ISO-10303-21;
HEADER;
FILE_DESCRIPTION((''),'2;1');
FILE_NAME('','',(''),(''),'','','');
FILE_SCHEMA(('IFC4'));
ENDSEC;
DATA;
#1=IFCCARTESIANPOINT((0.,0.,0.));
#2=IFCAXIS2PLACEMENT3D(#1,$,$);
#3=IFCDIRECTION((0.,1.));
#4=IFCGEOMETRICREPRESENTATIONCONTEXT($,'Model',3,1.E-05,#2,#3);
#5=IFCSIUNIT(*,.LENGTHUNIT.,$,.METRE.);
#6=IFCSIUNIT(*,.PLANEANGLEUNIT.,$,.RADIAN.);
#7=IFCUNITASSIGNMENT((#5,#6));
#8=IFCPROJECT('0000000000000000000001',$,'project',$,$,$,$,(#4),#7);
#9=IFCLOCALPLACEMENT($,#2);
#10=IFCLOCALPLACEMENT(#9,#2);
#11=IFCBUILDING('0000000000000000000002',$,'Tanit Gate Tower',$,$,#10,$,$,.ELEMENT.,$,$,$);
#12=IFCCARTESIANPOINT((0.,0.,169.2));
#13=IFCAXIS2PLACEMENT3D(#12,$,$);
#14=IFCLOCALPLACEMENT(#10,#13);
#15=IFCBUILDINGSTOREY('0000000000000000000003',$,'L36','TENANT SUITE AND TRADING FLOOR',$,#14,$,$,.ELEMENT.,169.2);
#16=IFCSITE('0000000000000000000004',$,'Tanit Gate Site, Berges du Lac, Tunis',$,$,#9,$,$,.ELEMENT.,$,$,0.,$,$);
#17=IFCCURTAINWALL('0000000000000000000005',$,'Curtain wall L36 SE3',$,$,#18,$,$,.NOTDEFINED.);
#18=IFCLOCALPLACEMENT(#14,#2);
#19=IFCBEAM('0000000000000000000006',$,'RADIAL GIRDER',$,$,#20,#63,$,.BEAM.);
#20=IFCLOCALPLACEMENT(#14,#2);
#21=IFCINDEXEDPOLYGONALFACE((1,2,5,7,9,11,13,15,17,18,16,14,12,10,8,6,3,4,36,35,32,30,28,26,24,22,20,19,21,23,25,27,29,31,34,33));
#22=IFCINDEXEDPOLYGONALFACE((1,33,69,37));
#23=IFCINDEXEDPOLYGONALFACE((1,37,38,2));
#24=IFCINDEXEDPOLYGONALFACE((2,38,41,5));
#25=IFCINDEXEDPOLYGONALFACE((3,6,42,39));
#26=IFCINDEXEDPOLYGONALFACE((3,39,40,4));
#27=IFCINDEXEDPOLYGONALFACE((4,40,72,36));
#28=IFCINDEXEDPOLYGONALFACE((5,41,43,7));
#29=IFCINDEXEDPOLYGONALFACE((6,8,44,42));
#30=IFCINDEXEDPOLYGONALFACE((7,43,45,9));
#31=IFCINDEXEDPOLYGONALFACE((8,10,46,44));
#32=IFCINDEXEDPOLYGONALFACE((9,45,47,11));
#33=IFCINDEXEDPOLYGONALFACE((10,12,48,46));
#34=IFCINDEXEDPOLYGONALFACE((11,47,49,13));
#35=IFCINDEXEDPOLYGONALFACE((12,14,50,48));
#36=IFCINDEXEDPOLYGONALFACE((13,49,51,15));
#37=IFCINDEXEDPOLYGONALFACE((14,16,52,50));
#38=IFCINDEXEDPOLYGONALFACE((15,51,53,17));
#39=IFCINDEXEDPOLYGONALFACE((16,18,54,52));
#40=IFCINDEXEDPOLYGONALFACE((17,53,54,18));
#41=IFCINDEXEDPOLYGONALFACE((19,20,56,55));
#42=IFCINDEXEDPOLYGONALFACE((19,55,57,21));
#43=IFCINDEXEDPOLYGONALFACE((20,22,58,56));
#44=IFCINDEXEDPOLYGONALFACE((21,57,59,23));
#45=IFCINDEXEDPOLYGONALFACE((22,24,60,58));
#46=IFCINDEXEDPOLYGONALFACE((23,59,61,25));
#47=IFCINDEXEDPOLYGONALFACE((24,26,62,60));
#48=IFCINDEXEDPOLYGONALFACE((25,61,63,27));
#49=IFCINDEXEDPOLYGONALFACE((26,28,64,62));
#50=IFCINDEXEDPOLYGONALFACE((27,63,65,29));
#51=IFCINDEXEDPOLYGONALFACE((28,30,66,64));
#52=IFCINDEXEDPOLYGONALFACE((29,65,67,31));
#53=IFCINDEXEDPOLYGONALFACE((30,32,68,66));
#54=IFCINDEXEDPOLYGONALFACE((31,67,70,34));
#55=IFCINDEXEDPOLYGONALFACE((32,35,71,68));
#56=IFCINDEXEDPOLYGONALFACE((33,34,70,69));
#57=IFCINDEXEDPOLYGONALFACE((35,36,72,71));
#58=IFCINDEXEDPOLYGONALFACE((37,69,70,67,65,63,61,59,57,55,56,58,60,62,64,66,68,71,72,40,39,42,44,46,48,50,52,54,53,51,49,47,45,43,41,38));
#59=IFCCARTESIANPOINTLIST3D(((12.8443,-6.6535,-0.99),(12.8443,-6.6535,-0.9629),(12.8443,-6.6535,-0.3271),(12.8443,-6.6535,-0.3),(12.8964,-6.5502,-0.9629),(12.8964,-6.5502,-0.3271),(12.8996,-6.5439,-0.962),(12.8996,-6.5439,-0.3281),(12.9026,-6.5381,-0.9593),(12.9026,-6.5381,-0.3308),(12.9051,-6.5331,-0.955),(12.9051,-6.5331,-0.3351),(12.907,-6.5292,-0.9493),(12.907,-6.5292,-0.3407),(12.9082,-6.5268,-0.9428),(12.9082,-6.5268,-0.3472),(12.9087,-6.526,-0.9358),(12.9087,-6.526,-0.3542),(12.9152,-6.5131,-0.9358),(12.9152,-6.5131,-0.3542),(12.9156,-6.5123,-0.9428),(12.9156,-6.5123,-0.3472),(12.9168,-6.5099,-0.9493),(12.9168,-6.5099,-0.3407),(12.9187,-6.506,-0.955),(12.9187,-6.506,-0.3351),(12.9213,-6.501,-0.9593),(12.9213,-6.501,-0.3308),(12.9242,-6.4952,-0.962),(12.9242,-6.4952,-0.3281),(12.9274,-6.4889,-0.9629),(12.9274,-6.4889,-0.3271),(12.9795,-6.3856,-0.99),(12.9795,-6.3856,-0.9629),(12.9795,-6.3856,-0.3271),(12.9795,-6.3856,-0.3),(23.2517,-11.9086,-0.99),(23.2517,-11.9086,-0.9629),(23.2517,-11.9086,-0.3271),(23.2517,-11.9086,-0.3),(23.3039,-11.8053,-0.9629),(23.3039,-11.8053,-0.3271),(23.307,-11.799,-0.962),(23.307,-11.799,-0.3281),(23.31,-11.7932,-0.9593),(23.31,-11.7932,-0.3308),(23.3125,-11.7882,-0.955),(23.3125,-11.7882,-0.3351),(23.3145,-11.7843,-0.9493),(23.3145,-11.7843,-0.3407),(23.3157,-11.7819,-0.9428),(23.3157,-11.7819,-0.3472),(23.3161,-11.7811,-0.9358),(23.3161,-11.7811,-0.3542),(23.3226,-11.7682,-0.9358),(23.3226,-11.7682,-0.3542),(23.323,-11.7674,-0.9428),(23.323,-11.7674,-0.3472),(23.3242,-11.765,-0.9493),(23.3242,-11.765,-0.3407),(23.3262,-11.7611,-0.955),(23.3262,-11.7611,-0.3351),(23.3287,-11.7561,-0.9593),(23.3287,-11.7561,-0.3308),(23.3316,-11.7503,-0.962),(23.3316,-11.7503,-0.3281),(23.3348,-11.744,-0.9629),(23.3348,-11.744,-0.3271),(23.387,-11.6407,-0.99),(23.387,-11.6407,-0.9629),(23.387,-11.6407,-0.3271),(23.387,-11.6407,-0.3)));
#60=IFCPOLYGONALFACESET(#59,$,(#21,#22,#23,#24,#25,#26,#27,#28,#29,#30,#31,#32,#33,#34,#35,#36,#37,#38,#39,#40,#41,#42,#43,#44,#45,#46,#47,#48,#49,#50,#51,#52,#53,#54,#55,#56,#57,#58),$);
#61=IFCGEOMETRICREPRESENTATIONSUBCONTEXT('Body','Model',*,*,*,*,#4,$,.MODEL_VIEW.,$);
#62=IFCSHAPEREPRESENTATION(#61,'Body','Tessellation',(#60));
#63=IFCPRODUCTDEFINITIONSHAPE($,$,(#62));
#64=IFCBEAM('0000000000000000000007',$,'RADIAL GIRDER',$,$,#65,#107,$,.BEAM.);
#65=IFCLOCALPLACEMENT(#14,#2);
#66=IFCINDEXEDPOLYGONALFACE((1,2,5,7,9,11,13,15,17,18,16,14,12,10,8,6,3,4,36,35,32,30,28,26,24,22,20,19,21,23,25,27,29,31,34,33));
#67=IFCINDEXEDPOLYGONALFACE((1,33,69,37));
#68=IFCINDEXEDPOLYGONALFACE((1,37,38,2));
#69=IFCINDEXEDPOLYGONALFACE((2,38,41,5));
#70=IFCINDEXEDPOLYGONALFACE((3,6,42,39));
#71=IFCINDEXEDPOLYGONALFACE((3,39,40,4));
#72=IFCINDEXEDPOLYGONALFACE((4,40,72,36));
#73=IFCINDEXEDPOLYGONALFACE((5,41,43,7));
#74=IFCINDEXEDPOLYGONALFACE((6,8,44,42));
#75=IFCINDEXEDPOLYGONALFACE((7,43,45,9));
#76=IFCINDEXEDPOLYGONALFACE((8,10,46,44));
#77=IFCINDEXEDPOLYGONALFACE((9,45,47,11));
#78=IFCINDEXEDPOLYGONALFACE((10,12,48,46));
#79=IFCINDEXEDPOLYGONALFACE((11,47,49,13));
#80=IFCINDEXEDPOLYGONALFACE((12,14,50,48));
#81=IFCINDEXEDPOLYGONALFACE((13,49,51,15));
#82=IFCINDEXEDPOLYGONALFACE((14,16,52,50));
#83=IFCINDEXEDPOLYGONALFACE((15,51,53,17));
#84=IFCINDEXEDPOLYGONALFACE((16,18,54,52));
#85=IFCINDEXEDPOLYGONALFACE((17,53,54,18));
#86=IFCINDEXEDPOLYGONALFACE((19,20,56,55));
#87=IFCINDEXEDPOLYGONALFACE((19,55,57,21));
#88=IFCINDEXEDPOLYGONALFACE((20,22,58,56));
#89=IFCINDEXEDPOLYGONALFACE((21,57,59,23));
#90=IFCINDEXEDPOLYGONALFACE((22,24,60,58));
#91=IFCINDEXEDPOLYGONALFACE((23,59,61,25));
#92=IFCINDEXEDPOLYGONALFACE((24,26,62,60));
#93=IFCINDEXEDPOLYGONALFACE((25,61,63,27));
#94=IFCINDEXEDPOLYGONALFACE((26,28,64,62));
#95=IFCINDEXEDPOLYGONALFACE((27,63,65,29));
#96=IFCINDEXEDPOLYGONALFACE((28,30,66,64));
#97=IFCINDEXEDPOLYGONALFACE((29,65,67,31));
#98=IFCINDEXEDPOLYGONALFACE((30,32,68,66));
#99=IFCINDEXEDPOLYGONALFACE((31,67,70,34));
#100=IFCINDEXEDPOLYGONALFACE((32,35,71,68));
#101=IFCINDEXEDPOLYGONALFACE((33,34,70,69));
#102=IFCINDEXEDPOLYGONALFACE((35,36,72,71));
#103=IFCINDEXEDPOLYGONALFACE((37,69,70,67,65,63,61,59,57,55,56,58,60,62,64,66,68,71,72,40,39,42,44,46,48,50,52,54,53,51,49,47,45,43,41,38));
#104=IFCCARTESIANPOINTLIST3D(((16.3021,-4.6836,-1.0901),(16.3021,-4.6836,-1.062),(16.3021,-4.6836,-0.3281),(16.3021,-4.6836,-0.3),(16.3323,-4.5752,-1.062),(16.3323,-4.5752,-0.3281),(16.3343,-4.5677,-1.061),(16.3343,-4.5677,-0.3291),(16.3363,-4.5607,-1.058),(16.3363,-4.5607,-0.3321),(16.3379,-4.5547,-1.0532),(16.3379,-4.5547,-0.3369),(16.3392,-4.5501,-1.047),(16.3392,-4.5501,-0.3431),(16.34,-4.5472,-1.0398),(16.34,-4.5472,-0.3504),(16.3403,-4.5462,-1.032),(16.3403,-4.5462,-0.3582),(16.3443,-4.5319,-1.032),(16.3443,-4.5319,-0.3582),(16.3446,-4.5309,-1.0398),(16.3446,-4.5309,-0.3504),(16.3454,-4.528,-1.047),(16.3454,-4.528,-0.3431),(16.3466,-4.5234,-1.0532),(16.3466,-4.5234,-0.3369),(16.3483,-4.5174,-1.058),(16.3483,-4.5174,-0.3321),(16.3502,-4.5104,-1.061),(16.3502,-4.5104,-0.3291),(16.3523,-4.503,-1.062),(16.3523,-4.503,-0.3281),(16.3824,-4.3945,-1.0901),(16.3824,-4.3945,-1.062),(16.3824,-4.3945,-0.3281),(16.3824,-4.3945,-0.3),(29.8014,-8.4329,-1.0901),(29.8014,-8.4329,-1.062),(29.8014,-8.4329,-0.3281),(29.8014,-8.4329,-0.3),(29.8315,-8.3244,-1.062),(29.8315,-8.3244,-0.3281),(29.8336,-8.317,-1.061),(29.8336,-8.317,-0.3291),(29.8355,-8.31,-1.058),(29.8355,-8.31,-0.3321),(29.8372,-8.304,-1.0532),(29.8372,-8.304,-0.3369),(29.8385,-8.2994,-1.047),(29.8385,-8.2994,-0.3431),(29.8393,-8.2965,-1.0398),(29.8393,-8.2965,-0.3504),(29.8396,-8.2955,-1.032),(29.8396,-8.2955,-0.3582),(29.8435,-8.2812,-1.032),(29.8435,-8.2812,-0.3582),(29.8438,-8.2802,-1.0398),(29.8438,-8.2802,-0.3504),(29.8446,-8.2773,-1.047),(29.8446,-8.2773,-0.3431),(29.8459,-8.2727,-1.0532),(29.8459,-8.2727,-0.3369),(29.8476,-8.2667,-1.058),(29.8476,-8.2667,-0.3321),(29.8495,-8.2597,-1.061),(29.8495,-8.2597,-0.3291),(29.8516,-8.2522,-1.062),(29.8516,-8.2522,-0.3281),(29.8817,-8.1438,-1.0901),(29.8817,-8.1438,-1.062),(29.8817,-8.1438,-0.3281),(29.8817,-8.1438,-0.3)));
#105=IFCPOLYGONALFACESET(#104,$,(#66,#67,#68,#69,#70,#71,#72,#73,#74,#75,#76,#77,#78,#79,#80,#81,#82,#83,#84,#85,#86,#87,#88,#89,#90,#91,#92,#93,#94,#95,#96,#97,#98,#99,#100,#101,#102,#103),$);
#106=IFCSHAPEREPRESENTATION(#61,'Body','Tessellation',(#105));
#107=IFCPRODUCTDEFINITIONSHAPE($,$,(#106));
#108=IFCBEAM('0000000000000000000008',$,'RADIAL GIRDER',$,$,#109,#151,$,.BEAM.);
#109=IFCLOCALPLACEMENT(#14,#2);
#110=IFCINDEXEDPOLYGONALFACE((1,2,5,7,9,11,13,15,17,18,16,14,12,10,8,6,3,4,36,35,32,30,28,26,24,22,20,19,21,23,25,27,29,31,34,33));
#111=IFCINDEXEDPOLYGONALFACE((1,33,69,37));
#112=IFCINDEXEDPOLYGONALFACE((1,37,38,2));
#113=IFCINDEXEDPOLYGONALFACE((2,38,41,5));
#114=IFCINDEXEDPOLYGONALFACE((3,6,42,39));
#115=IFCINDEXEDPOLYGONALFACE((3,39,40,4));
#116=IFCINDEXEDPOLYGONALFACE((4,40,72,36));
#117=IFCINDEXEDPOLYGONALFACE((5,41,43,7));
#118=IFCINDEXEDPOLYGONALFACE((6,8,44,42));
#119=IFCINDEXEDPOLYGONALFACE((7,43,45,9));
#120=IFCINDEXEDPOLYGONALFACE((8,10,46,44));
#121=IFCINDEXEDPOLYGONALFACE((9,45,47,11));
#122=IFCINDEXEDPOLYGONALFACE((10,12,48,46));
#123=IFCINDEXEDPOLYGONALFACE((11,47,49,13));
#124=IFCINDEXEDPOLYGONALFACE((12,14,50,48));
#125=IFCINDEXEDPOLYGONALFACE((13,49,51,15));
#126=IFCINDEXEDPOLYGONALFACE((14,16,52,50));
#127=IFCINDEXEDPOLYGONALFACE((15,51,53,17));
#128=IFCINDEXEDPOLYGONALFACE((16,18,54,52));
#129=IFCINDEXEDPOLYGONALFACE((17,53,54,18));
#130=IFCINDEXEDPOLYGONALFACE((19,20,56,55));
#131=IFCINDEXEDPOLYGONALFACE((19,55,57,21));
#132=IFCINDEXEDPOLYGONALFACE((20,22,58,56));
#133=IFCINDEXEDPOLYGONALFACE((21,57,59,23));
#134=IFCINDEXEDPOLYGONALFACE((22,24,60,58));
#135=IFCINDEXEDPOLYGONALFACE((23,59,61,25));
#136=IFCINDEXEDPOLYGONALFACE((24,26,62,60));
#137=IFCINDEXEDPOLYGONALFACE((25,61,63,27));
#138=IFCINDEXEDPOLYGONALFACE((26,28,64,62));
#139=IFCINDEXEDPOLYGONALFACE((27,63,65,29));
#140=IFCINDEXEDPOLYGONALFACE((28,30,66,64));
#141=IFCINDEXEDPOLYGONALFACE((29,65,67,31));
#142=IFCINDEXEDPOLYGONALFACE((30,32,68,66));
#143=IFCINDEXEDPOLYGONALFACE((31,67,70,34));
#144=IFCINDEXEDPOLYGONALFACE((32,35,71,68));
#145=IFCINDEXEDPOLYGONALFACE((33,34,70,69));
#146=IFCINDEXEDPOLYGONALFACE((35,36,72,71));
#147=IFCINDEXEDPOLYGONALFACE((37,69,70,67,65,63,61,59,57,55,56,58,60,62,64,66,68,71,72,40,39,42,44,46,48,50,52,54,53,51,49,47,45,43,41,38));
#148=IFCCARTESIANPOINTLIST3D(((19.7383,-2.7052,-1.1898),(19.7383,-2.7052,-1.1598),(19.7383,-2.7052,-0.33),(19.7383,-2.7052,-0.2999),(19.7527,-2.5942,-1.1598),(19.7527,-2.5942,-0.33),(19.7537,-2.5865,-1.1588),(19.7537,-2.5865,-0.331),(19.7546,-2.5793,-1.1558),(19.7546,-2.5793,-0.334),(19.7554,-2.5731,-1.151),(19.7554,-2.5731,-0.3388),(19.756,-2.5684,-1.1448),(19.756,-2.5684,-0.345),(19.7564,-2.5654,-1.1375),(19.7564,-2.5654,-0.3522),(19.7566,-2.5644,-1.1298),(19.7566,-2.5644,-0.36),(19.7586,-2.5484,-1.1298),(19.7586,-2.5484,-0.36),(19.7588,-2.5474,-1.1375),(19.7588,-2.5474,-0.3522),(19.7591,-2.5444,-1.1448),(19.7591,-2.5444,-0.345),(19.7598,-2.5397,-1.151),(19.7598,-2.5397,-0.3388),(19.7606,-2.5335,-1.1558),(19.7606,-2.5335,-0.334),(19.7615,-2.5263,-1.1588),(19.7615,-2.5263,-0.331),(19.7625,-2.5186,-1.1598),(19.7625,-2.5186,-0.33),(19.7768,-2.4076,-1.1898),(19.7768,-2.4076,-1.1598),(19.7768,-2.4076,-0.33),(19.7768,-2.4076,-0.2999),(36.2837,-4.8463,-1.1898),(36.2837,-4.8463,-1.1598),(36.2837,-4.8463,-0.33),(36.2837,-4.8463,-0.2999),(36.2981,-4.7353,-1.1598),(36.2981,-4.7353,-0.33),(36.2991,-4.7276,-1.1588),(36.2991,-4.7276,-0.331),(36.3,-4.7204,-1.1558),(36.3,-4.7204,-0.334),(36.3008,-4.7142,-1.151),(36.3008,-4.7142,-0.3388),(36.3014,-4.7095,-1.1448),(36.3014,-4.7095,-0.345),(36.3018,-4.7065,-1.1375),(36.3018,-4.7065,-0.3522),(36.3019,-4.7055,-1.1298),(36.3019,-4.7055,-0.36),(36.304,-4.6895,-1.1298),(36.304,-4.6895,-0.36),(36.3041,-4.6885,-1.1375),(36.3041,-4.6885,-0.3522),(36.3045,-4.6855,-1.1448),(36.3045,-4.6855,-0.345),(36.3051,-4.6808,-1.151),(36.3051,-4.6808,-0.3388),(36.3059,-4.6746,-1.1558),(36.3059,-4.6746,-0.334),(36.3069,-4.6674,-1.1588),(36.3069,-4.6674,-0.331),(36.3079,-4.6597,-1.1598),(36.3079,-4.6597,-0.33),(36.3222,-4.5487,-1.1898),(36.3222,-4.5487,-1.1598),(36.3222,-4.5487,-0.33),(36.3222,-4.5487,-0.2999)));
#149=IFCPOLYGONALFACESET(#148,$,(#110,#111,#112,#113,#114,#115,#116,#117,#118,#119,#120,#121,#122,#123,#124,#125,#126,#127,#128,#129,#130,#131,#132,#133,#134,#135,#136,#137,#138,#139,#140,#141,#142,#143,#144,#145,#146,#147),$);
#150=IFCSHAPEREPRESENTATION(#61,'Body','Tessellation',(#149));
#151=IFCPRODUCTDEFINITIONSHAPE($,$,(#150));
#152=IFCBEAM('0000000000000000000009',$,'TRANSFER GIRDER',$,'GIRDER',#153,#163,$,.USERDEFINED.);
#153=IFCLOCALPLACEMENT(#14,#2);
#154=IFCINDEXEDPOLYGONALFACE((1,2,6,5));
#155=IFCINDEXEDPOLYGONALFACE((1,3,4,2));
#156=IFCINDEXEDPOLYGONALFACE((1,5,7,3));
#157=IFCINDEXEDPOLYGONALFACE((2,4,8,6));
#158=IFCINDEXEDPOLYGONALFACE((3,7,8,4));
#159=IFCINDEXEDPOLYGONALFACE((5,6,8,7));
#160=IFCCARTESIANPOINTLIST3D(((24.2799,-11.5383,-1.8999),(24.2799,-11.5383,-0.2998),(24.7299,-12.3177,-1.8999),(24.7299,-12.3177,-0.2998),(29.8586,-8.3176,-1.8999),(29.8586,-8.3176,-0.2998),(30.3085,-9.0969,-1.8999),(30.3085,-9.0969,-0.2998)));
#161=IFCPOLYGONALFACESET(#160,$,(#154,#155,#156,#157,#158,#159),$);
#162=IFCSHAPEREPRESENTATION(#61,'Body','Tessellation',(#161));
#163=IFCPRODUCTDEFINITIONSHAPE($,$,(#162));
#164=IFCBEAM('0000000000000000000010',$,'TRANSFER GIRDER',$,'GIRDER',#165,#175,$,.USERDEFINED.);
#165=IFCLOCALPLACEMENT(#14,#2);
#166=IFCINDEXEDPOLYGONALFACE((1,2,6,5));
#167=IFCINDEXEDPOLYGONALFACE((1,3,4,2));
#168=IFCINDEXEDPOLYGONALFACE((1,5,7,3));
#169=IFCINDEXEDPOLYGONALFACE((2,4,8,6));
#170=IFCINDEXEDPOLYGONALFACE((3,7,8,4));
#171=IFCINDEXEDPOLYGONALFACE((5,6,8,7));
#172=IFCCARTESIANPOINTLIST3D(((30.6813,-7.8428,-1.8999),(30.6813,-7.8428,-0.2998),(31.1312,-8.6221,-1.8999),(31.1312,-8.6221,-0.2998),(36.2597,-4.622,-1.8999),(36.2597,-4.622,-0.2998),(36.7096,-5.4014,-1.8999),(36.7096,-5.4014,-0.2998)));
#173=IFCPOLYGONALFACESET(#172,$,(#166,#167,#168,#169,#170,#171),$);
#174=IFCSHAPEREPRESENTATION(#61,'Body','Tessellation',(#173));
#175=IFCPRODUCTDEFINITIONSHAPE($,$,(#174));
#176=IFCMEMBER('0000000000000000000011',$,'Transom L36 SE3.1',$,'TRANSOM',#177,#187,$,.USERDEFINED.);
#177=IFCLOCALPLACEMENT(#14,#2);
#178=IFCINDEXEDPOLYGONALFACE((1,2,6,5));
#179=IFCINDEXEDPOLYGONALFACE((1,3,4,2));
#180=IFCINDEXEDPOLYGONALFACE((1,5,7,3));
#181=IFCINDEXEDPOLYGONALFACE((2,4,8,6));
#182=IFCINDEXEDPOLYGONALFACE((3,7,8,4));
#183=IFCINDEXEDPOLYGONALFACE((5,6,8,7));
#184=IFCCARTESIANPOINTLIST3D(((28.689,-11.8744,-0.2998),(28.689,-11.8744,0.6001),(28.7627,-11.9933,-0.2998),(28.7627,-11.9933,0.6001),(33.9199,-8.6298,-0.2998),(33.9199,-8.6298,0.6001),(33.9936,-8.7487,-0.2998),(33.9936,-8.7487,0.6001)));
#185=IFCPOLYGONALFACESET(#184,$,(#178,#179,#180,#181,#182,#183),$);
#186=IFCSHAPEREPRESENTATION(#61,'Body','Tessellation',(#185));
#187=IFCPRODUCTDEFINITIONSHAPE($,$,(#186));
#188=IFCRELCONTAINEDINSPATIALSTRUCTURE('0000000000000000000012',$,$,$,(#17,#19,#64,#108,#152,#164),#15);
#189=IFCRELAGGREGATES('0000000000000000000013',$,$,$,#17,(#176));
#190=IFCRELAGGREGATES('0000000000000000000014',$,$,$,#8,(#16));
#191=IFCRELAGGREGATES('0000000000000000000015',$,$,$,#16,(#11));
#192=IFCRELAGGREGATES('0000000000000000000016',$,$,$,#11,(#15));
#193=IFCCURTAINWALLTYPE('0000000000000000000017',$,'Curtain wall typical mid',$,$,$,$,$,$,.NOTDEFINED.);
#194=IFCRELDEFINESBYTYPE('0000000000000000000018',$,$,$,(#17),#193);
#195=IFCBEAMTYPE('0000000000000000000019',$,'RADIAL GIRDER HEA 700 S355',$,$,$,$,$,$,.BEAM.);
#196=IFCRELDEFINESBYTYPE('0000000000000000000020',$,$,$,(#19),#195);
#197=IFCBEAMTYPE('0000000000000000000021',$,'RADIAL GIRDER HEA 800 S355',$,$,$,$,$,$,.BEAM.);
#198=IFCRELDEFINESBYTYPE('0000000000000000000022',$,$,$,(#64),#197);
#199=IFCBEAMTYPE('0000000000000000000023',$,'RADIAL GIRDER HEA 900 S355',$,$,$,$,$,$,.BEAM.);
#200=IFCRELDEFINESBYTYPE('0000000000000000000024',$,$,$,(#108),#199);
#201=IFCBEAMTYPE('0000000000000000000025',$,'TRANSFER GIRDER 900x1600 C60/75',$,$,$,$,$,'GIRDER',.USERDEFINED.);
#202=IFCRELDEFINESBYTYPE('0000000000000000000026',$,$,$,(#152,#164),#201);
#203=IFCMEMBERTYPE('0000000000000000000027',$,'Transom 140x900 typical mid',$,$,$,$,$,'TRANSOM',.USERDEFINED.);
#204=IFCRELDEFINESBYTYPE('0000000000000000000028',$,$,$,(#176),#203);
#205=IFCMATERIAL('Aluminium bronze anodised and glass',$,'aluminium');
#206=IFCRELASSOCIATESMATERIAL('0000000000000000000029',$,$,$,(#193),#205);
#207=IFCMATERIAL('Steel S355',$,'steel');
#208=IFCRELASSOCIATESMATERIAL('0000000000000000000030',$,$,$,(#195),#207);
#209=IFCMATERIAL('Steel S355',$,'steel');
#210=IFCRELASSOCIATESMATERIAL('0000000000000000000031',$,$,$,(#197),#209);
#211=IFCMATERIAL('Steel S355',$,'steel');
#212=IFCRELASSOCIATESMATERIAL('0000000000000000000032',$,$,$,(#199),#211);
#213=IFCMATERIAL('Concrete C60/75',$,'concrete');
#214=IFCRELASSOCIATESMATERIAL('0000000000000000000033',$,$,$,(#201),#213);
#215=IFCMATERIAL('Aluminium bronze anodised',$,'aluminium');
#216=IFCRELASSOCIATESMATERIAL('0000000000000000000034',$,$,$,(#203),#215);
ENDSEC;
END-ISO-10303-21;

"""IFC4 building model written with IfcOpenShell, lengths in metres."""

from ifc_helpers import new_model, si_unit, direction, frame, origin, origin_2d, place, context, subcontext, project, spatial, rectangle, i_section, extrude, material, material_profile, profile_set, type_object, element, aggregate, save


model = new_model("IFC4")

# Units and contexts
model_context = context("Model", 3, precision=1e-05, world=origin(), true_north=direction((0.0, 1.0)))
body_context = subcontext(model_context, "Body", "Model", "MODEL_VIEW")
ifc_project = project(units=[si_unit("LENGTHUNIT", "METRE"), si_unit("PLANEANGLEUNIT", "RADIAN")], contexts=[model_context])

# Site, building, storey
site_placement = place(None, origin())
site = spatial("IfcSite", under=ifc_project, at=site_placement, Name="Tanit Gate Site, Berges du Lac, Tunis", CompositionType="ELEMENT", RefElevation=0.0)
building_placement = place(site_placement, origin())
building = spatial("IfcBuilding", under=site, at=building_placement, Name="Tanit Gate Tower", CompositionType="ELEMENT")
storey_placement = place(building_placement, frame((0.0, 0.0, 169.2)))
storey = spatial("IfcBuildingStorey", under=building, at=storey_placement, Name="L36", Description="TENANT SUITE AND TRADING FLOOR", CompositionType="ELEMENT", Elevation=169.2)

# Shared definitions
ifc_material_1 = material(Name="Aluminium bronze anodised and glass", Category="aluminium")
curtain_wall_type = type_object("IfcCurtainWallType", Name="Curtain wall typical mid", PredefinedType="NOTDEFINED", material=ifc_material_1)

# Curtain wall
curtain_wall_1_placement = place(storey_placement, origin())
curtain_wall_1 = element("IfcCurtainWall", 1, at=curtain_wall_1_placement, inside=storey, type_object=curtain_wall_type, Name="Curtain wall L36 SE3", PredefinedType="NOTDEFINED")

# Beams
ifc_material_2 = material(Name="Steel S355", Category="steel")
ifc_material_profile_1 = material_profile(ifc_material_2, i_section(OverallWidth=0.3, OverallDepth=0.6899, WebThickness=0.0144, FlangeThickness=0.0271, FilletRadius=0.0271, at=origin_2d()), Name="HEA 700")
ifc_profile_set_1 = profile_set([ifc_material_profile_1], Name="Steel S355")
beam_type_1 = type_object("IfcBeamType", Name="RADIAL GIRDER HEA 700 S355", PredefinedType="BEAM", material=ifc_profile_set_1)
beam_1_placement = place(storey_placement, frame((23.3193, -11.7747, -0.645), z_axis=(-0.892657, 0.450736, 0.0), x_axis=(-0.450736, -0.892657, 0.0)))
element("IfcBeam", 2, at=beam_1_placement, inside=storey, type_object=beam_type_1, Name="RADIAL GIRDER", PredefinedType="BEAM", context=body_context, shape_type="SweptSolid", body=[
    extrude(i_section(OverallWidth=0.3, OverallDepth=0.6899, WebThickness=0.0144, FlangeThickness=0.0271, FilletRadius=0.0271, at=origin_2d()), origin(), (0.0, 0.0, 1.0), 11.6589),
])
ifc_material_3 = material(Name="Steel S355", Category="steel")
ifc_material_profile_2 = material_profile(ifc_material_3, i_section(OverallWidth=0.3, OverallDepth=0.79, WebThickness=0.0149, FlangeThickness=0.0281, FilletRadius=0.03, at=origin_2d()), Name="HEA 800")
ifc_profile_set_2 = profile_set([ifc_material_profile_2], Name="Steel S355")
beam_type_2 = type_object("IfcBeamType", Name="RADIAL GIRDER HEA 800 S355", PredefinedType="BEAM", material=ifc_profile_set_2)
beam_2_placement = place(storey_placement, frame((29.8416, -8.2883, -0.6951), z_axis=(-0.963528, 0.267609, 0.0), x_axis=(-0.267609, -0.963528, 0.0)))
element("IfcBeam", 3, at=beam_2_placement, inside=storey, type_object=beam_type_2, Name="RADIAL GIRDER", PredefinedType="BEAM", context=body_context, shape_type="SweptSolid", body=[
    extrude(i_section(OverallWidth=0.3, OverallDepth=0.79, WebThickness=0.0149, FlangeThickness=0.0281, FilletRadius=0.03, at=origin_2d()), origin(), (0.0, 0.0, 1.0), 14.0103),
])
ifc_material_4 = material(Name="Steel S355", Category="steel")
ifc_material_profile_3 = material_profile(ifc_material_4, i_section(OverallWidth=0.3, OverallDepth=0.8899, WebThickness=0.0161, FlangeThickness=0.03, FilletRadius=0.03, at=origin_2d()), Name="HEA 900")
ifc_profile_set_3 = profile_set([ifc_material_profile_3], Name="Steel S355")
beam_type_3 = type_object("IfcBeamType", Name="RADIAL GIRDER HEA 900 S355", PredefinedType="BEAM", material=ifc_profile_set_3)
beam_3_placement = place(storey_placement, frame((36.303, -4.6975, -0.7449), z_axis=(-0.99173, 0.128338, 0.0), x_axis=(-0.128338, -0.99173, 0.0)))
element("IfcBeam", 4, at=beam_3_placement, inside=storey, type_object=beam_type_3, Name="RADIAL GIRDER", PredefinedType="BEAM", context=body_context, shape_type="SweptSolid", body=[
    extrude(i_section(OverallWidth=0.3, OverallDepth=0.8899, WebThickness=0.0161, FlangeThickness=0.03, FilletRadius=0.03, at=origin_2d()), origin(), (0.0, 0.0, 1.0), 16.6833),
])
ifc_material_5 = material(Name="Concrete C60/75", Category="concrete")
ifc_material_profile_4 = material_profile(ifc_material_5, rectangle(XDim=0.8999, YDim=1.6001, at=origin_2d()), Name="RC 900x1600")
ifc_profile_set_4 = profile_set([ifc_material_profile_4], Name="Concrete C60/75")
beam_type_4 = type_object("IfcBeamType", Name="TRANSFER GIRDER 900x1600 C60/75", ElementType="GIRDER", PredefinedType="USERDEFINED", material=ifc_profile_set_4)
beam_4_placement = place(storey_placement, frame((24.5049, -11.928, -1.0999), z_axis=(0.866033, 0.499987, 0.0), x_axis=(-0.499987, 0.866033, 0.0)))
element("IfcBeam", 5, at=beam_4_placement, inside=storey, type_object=beam_type_4, Name="TRANSFER GIRDER", ObjectType="GIRDER", PredefinedType="USERDEFINED", context=body_context, shape_type="SweptSolid", body=[
    extrude(rectangle(XDim=0.8999, YDim=1.6001, at=origin_2d()), origin(), (0.0, 0.0, 1.0), 6.4417),
])
beam_5_placement = place(storey_placement, frame((30.9062, -8.2324, -1.0999), z_axis=(0.866023, 0.500004, 0.0), x_axis=(-0.500004, 0.866023, 0.0)))
element("IfcBeam", 6, at=beam_5_placement, inside=storey, type_object=beam_type_4, Name="TRANSFER GIRDER", ObjectType="GIRDER", PredefinedType="USERDEFINED", context=body_context, shape_type="SweptSolid", body=[
    extrude(rectangle(XDim=0.8999, YDim=1.6001, at=origin_2d()), origin(), (0.0, 0.0, 1.0), 6.4414),
])

# Member
ifc_material_6 = material(Name="Aluminium bronze anodised", Category="aluminium")
ifc_material_profile_5 = material_profile(ifc_material_6, rectangle(XDim=0.1399, YDim=0.8999, at=origin_2d()), Name="140x900 bronze transom")
ifc_profile_set_5 = profile_set([ifc_material_profile_5], Name="Aluminium bronze anodised")
member_type_1 = type_object("IfcMemberType", Name="Transom 140x900 typical mid", ElementType="TRANSOM", PredefinedType="USERDEFINED", material=ifc_profile_set_5)
member_1_placement = place(storey_placement, frame((28.7258, -11.9338, 0.1501), z_axis=(0.849798, 0.527108, 0.0), x_axis=(-0.527108, 0.849798, 0.0)))
member_1 = element("IfcMember", 7, at=member_1_placement, type_object=member_type_1, Name="Transom L36 SE3.1", ObjectType="TRANSOM", PredefinedType="USERDEFINED", context=body_context, shape_type="SweptSolid", body=[
    extrude(rectangle(XDim=0.1399, YDim=0.8999, at=origin_2d()), origin(), (0.0, 0.0, 1.0), 6.1555),
])

aggregate(curtain_wall_1, [member_1])

save(model, "model.ifc")
